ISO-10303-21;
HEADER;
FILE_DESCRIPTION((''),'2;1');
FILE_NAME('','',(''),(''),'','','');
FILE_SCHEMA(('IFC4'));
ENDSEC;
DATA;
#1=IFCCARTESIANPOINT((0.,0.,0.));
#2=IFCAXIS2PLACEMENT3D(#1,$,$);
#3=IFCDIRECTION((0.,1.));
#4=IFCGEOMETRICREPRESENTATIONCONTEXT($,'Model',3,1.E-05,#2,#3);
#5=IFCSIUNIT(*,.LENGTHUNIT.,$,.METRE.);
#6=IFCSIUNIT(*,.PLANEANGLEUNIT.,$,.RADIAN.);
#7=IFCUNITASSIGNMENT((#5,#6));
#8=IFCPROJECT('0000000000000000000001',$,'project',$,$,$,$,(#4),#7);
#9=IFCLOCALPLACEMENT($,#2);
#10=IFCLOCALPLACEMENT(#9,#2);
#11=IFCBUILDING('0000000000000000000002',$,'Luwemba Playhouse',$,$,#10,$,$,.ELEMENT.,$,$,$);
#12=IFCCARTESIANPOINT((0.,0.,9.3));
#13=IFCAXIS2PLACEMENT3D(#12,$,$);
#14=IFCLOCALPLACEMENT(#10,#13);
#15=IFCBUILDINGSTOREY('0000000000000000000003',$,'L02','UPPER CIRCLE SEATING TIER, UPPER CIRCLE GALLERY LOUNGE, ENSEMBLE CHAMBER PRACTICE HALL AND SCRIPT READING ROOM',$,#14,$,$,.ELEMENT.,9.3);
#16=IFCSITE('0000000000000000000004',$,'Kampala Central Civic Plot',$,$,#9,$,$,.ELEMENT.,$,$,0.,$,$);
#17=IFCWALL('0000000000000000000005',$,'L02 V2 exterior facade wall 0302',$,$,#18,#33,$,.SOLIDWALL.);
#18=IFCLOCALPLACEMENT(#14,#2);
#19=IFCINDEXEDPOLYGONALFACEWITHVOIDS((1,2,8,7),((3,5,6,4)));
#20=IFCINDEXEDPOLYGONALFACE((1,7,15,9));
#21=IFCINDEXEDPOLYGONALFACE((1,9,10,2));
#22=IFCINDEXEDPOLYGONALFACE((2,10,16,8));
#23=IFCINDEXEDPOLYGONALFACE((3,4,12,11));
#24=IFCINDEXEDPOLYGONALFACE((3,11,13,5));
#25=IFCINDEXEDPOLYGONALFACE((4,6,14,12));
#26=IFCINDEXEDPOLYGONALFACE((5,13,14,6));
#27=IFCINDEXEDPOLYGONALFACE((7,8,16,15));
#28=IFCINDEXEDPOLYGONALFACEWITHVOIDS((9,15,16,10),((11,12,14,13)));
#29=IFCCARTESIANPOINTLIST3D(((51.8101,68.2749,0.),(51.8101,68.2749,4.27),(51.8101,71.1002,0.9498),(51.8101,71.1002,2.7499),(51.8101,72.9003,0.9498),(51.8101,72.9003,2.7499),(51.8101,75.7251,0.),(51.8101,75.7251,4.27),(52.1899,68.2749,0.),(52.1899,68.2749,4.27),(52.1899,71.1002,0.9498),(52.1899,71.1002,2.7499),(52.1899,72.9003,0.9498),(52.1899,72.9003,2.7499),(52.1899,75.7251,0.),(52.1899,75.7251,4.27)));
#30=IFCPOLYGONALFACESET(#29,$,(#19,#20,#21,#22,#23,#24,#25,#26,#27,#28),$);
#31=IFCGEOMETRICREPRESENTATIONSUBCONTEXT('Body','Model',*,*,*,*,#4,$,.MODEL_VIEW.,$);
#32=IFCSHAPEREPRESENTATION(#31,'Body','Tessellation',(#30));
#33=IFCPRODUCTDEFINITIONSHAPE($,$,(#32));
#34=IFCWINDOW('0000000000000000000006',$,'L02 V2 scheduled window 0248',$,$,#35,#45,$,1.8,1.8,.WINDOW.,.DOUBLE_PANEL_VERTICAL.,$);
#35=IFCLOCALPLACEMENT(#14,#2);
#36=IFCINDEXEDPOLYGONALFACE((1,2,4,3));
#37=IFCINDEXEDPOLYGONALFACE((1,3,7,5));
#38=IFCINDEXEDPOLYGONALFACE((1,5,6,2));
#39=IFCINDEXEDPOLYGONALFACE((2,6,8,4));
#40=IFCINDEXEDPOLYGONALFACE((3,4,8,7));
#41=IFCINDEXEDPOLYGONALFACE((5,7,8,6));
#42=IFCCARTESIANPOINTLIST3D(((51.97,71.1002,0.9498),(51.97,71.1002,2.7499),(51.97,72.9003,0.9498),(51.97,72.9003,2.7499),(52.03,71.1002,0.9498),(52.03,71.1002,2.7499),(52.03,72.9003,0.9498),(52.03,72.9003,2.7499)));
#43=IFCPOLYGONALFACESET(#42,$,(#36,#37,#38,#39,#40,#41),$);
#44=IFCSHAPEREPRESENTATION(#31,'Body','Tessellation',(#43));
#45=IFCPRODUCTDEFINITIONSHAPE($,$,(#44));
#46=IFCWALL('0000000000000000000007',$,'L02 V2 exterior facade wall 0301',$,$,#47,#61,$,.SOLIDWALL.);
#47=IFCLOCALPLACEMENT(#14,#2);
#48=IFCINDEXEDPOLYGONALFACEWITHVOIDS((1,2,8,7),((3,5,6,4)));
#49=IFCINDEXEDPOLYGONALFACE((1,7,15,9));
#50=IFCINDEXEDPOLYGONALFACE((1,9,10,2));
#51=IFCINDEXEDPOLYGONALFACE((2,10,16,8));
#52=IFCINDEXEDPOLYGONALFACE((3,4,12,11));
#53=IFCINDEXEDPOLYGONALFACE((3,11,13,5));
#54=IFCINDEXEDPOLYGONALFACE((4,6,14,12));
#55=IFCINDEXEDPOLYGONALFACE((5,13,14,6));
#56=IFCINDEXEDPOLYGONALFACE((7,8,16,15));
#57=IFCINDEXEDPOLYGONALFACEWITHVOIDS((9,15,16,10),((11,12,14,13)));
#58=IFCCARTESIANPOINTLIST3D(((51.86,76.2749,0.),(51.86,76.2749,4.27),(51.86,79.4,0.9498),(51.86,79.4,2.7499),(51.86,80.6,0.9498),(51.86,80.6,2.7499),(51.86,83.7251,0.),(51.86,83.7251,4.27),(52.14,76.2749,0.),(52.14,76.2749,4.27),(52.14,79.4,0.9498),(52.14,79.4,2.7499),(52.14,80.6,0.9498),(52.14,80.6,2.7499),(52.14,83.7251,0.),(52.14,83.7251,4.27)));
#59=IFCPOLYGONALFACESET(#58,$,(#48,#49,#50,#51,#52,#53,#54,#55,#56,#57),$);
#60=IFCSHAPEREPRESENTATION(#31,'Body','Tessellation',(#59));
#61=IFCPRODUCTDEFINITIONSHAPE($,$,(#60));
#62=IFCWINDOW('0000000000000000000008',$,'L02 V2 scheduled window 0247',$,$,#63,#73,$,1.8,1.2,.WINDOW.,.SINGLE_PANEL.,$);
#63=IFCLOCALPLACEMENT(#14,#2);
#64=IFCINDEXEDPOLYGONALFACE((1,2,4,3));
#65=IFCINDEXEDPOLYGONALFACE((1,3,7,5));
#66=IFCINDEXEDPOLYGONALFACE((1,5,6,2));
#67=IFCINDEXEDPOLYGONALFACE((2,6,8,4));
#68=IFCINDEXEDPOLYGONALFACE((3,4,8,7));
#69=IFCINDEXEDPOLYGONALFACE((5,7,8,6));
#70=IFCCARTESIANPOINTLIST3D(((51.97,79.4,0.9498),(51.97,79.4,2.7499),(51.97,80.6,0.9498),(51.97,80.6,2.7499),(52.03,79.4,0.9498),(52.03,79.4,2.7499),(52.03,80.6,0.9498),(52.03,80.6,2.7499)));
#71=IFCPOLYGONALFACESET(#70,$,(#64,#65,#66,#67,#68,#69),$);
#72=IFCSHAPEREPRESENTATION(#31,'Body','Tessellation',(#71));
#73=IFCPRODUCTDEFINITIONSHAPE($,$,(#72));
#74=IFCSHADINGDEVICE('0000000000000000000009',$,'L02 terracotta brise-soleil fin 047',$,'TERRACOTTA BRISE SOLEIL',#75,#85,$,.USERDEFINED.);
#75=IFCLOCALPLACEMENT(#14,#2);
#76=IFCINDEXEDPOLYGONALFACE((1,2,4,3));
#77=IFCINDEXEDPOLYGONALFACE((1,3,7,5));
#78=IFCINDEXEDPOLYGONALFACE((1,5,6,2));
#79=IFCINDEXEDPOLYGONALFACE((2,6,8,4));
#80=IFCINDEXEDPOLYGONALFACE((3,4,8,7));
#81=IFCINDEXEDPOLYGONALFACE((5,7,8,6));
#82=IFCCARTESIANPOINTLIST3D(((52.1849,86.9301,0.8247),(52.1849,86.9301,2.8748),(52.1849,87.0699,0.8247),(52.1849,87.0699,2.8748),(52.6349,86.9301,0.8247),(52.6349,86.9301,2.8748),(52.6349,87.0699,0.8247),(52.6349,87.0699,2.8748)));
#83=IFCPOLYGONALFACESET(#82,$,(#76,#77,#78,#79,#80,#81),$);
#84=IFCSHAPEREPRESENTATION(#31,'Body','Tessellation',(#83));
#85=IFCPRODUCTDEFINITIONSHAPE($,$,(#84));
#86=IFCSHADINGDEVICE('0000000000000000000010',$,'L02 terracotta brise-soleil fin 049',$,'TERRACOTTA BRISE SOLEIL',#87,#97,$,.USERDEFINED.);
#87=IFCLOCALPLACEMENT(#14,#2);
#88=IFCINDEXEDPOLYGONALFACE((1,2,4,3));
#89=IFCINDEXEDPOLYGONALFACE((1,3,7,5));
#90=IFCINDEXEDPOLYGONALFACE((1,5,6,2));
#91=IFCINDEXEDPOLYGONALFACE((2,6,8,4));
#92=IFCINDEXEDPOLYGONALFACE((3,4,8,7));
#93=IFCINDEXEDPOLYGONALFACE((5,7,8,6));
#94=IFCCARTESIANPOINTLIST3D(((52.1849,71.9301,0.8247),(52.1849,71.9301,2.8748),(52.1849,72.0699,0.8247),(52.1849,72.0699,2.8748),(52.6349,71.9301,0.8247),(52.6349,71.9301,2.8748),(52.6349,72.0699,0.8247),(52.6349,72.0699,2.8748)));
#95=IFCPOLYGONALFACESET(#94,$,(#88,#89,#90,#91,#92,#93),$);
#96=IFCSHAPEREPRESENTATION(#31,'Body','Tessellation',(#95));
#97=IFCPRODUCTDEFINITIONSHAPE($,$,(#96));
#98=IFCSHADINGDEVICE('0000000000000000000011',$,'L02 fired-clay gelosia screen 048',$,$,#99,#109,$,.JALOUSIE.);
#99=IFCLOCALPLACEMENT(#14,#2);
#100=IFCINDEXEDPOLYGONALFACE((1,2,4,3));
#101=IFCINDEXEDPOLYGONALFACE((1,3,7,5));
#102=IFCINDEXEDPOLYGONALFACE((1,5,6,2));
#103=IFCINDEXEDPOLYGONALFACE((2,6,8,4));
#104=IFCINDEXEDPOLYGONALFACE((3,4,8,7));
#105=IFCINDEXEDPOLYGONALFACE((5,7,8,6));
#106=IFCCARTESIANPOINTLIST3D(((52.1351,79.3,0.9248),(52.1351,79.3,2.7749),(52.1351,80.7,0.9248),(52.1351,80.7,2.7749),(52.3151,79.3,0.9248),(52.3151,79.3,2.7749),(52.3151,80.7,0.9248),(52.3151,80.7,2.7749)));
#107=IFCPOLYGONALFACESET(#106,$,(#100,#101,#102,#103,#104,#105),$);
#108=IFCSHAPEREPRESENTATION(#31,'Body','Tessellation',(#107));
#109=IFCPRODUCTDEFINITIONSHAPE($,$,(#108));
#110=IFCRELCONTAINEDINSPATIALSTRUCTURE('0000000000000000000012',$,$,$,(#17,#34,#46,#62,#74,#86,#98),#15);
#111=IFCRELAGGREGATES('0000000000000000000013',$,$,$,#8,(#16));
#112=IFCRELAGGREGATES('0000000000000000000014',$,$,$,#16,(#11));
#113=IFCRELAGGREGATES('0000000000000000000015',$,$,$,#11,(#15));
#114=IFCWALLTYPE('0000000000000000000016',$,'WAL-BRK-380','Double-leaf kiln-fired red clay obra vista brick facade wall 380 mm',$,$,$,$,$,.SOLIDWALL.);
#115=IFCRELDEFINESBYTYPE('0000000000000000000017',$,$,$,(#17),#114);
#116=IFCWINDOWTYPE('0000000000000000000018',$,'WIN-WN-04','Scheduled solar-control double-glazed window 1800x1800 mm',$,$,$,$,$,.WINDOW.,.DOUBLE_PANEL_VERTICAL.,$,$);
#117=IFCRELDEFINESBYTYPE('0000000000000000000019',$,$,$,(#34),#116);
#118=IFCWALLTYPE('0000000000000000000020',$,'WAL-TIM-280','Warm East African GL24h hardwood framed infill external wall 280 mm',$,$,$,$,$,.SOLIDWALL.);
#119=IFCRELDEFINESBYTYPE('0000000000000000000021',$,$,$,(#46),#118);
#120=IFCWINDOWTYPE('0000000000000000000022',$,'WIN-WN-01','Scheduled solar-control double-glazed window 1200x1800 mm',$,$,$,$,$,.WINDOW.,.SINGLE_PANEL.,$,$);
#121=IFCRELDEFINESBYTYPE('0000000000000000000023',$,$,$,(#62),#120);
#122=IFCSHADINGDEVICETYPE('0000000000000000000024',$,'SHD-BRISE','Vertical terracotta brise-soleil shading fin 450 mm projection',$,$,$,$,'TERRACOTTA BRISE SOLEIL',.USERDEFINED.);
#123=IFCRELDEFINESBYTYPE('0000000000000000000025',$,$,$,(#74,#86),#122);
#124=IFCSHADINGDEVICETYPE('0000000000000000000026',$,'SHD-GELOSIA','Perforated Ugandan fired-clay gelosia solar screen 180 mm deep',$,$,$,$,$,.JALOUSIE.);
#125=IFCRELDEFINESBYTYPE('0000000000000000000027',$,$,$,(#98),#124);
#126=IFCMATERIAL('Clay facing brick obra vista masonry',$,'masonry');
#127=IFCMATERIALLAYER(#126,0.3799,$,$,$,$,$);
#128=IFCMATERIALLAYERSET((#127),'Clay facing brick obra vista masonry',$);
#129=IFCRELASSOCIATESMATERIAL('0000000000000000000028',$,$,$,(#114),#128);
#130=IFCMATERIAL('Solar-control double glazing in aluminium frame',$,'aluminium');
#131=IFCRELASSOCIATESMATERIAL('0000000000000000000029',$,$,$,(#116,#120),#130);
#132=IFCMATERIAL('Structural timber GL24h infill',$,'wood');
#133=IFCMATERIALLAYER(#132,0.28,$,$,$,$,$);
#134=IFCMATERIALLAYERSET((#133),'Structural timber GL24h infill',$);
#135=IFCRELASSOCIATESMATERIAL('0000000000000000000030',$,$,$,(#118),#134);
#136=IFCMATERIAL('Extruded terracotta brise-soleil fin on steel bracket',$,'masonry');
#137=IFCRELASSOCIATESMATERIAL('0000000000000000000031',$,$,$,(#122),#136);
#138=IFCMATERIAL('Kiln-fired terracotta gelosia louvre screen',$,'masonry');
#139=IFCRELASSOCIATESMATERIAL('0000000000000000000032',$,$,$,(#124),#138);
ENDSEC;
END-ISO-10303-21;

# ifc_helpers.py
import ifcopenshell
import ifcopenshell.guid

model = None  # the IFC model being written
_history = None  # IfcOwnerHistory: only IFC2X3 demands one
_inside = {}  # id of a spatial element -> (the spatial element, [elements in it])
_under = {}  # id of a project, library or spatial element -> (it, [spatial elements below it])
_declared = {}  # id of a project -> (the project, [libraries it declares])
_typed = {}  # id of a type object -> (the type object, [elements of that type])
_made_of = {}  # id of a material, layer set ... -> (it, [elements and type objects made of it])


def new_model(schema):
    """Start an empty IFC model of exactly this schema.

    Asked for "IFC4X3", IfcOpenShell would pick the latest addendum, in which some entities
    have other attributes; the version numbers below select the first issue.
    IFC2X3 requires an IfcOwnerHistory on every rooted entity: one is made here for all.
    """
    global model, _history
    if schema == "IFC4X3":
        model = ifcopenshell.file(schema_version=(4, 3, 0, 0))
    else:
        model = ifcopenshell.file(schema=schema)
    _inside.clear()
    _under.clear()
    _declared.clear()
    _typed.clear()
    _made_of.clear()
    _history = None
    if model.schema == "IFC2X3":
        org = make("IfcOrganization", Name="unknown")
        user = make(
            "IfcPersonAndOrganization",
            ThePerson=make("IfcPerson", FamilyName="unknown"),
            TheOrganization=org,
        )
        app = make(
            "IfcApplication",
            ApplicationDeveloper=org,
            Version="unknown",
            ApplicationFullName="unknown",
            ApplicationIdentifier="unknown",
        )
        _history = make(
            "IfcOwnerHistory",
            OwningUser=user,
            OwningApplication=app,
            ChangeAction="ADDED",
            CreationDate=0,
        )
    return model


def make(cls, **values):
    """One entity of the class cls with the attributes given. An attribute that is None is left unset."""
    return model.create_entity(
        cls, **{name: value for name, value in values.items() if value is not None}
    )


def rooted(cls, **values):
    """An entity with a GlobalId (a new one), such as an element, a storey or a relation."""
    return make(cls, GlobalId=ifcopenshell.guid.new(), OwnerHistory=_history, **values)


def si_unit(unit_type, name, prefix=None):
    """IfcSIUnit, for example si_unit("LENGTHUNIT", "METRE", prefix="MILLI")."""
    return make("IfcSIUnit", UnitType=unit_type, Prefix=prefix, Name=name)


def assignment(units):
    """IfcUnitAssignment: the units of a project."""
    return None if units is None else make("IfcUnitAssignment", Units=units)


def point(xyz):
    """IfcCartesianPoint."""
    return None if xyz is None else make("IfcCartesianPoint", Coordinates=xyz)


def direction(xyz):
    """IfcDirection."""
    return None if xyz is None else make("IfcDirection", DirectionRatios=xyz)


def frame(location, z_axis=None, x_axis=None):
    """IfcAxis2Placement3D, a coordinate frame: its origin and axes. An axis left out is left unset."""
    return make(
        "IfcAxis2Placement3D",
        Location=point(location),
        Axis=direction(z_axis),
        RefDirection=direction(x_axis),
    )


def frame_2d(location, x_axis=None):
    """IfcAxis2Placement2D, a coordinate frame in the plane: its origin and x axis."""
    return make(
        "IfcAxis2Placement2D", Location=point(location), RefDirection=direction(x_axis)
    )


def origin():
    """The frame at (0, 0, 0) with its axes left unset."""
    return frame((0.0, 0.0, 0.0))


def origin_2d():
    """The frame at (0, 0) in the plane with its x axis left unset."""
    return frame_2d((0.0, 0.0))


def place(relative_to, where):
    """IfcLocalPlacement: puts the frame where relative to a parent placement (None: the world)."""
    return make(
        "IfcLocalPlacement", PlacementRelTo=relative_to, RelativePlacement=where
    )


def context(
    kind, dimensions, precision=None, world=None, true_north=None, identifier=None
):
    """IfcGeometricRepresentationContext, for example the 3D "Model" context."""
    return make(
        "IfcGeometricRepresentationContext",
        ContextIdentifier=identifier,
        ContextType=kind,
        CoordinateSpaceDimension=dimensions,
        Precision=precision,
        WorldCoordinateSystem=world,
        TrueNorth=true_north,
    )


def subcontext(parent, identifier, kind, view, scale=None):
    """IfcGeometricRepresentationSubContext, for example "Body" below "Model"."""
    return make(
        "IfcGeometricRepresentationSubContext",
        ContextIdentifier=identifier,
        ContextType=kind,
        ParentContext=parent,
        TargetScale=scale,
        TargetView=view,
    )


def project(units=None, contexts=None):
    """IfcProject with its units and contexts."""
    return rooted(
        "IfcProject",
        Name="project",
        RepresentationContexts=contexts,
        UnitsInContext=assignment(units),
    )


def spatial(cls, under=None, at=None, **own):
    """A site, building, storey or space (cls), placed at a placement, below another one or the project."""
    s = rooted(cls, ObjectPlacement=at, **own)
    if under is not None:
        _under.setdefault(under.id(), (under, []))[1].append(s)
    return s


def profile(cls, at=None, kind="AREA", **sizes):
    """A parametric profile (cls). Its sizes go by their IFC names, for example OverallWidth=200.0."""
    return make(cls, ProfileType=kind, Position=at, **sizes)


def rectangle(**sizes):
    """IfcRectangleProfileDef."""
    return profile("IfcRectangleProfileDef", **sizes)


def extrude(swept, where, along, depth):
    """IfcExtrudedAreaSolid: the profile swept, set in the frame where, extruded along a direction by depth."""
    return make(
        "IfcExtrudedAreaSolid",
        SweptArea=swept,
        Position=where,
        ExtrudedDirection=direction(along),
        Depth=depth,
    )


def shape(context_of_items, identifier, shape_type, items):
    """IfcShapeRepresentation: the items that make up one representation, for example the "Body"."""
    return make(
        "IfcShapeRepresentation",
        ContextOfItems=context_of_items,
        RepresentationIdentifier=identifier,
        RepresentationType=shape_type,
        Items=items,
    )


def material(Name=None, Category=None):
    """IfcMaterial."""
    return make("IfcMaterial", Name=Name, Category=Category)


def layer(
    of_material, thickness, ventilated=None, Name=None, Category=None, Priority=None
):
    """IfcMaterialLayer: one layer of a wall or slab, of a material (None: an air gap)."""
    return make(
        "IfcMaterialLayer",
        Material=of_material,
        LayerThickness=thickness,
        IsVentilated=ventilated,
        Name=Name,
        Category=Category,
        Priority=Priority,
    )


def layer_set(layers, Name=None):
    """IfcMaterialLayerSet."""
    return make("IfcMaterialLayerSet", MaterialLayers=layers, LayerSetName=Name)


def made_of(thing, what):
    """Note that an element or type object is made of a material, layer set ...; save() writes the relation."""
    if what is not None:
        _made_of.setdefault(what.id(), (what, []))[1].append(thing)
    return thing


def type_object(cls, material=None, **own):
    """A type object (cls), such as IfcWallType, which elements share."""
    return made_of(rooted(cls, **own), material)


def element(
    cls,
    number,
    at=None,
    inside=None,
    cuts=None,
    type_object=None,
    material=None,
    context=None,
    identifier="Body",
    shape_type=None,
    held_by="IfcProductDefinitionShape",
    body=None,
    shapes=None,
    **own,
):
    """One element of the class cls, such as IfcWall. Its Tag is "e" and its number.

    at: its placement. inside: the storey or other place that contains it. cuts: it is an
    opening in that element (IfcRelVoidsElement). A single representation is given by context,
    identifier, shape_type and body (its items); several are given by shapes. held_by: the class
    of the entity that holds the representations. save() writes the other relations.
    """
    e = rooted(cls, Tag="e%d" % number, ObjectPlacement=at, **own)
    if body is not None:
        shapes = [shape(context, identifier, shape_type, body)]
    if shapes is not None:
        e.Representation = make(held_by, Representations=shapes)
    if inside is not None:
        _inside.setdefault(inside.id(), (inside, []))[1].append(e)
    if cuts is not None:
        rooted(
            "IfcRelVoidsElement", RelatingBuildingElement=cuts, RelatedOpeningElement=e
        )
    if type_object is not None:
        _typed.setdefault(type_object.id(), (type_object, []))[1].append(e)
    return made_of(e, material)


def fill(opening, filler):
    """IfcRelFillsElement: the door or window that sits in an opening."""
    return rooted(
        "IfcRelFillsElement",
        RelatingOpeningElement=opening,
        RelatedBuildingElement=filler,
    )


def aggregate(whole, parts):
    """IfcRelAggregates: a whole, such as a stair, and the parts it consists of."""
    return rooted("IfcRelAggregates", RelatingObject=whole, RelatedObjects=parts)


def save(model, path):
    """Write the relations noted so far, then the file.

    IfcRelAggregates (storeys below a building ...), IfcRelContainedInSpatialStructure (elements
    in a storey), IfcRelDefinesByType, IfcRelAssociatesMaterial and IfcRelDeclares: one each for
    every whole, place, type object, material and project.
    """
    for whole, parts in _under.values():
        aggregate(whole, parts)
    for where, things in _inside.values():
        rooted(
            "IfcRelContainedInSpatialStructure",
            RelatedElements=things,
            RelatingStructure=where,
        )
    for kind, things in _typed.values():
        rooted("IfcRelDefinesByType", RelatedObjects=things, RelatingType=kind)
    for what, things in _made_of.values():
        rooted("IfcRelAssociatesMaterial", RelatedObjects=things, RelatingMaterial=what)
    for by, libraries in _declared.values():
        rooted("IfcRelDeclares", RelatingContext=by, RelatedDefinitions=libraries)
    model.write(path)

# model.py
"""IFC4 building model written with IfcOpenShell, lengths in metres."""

from ifc_helpers import new_model, si_unit, direction, frame, frame_2d, origin, origin_2d, place, context, subcontext, project, spatial, rectangle, extrude, material, layer, layer_set, type_object, element, fill, save


model = new_model("IFC4")

# Units and contexts
model_context = context("Model", 3, precision=1e-05, world=origin(), true_north=direction((0.0, 1.0)))
body_context = subcontext(model_context, "Body", "Model", "MODEL_VIEW")
ifc_project = project(units=[si_unit("LENGTHUNIT", "METRE"), si_unit("PLANEANGLEUNIT", "RADIAN")], contexts=[model_context])

# Site, building, storey
site_placement = place(None, origin())
site = spatial("IfcSite", under=ifc_project, at=site_placement, Name="Kampala Central Civic Plot", CompositionType="ELEMENT", RefElevation=0.0)
building_placement = place(site_placement, origin())
building = spatial("IfcBuilding", under=site, at=building_placement, Name="Luwemba Playhouse", CompositionType="ELEMENT")
storey_placement = place(building_placement, frame((0.0, 0.0, 9.3)))
storey = spatial("IfcBuildingStorey", under=building, at=storey_placement, Name="L02", Description="UPPER CIRCLE SEATING TIER, UPPER CIRCLE GALLERY LOUNGE, ENSEMBLE CHAMBER PRACTICE HALL AND SCRIPT READING ROOM", CompositionType="ELEMENT", Elevation=9.3)

# Walls, openings, windows
ifc_material_1 = material(Name="Clay facing brick obra vista masonry", Category="masonry")
ifc_layer_1 = layer(ifc_material_1, 0.3799)
ifc_layer_set_1 = layer_set([ifc_layer_1], Name="Clay facing brick obra vista masonry")
wall_type_1 = type_object("IfcWallType", Name="WAL-BRK-380", Description="Double-leaf kiln-fired red clay obra vista brick facade wall 380 mm", PredefinedType="SOLIDWALL", material=ifc_layer_set_1)
ifc_material_2 = material(Name="Solar-control double glazing in aluminium frame", Category="aluminium")
wall_1_placement = place(storey_placement, frame((52.0, 75.7251, 0.0), z_axis=(0.0, 0.0, 1.0), x_axis=(0.0, -1.0, 0.0)))
wall_1 = element("IfcWall", 1, at=wall_1_placement, inside=storey, type_object=wall_type_1, Name="L02 V2 exterior facade wall 0302", PredefinedType="SOLIDWALL", context=body_context, shape_type="SweptSolid", body=[
    extrude(rectangle(XDim=7.4502, YDim=0.3799, at=frame_2d((3.7251, 0.0))), origin(), (0.0, 0.0, 1.0), 4.27),
])
opening_1_placement = place(wall_1_placement, frame((2.825, 0.0, 0.95)))
opening_1 = element("IfcOpeningElement", 2, at=opening_1_placement, cuts=wall_1, PredefinedType="OPENING", context=body_context, shape_type="SweptSolid", body=[
    extrude(rectangle(XDim=1.8, YDim=1.8, at=frame_2d((0.8999, 0.8999))), frame((0.0, 0.2, 0.0), z_axis=(0.0, -1.0, 0.0), x_axis=(1.0, 0.0, 0.0)), (0.0, 0.0, 1.0), 0.3999),
])
window_type_1 = type_object("IfcWindowType", Name="WIN-WN-04", Description="Scheduled solar-control double-glazed window 1800x1800 mm", PartitioningType="DOUBLE_PANEL_VERTICAL", PredefinedType="WINDOW", material=ifc_material_2)
window_1_placement = place(opening_1_placement, origin())
window_1 = element("IfcWindow", 3, at=window_1_placement, inside=storey, type_object=window_type_1, Name="L02 V2 scheduled window 0248", OverallHeight=1.8, OverallWidth=1.8, PartitioningType="DOUBLE_PANEL_VERTICAL", PredefinedType="WINDOW", context=body_context, shape_type="SweptSolid", body=[
    extrude(rectangle(XDim=1.8, YDim=1.8, at=frame_2d((0.8999, 0.8999))), frame((0.0, 0.03, 0.0), z_axis=(0.0, -1.0, 0.0), x_axis=(1.0, 0.0, 0.0)), (0.0, 0.0, 1.0), 0.0601),
])
fill(opening_1, window_1)
ifc_material_3 = material(Name="Structural timber GL24h infill", Category="wood")
ifc_layer_2 = layer(ifc_material_3, 0.28)
ifc_layer_set_2 = layer_set([ifc_layer_2], Name="Structural timber GL24h infill")
wall_type_2 = type_object("IfcWallType", Name="WAL-TIM-280", Description="Warm East African GL24h hardwood framed infill external wall 280 mm", PredefinedType="SOLIDWALL", material=ifc_layer_set_2)
wall_2_placement = place(storey_placement, frame((52.0, 83.7251, 0.0), z_axis=(0.0, 0.0, 1.0), x_axis=(0.0, -1.0, 0.0)))
wall_2 = element("IfcWall", 4, at=wall_2_placement, inside=storey, type_object=wall_type_2, Name="L02 V2 exterior facade wall 0301", PredefinedType="SOLIDWALL", context=body_context, shape_type="SweptSolid", body=[
    extrude(rectangle(XDim=7.4502, YDim=0.28, at=frame_2d((3.7251, 0.0))), origin(), (0.0, 0.0, 1.0), 4.27),
])
opening_2_placement = place(wall_2_placement, frame((3.125, 0.0, 0.95)))
opening_2 = element("IfcOpeningElement", 5, at=opening_2_placement, cuts=wall_2, PredefinedType="OPENING", context=body_context, shape_type="SweptSolid", body=[
    extrude(rectangle(XDim=1.2, YDim=1.8, at=frame_2d((0.6001, 0.8999))), frame((0.0, 0.1499, 0.0), z_axis=(0.0, -1.0, 0.0), x_axis=(1.0, 0.0, 0.0)), (0.0, 0.0, 1.0), 0.3),
])
window_type_2 = type_object("IfcWindowType", Name="WIN-WN-01", Description="Scheduled solar-control double-glazed window 1200x1800 mm", PartitioningType="SINGLE_PANEL", PredefinedType="WINDOW", material=ifc_material_2)
window_2_placement = place(opening_2_placement, origin())
window_2 = element("IfcWindow", 6, at=window_2_placement, inside=storey, type_object=window_type_2, Name="L02 V2 scheduled window 0247", OverallHeight=1.8, OverallWidth=1.2, PartitioningType="SINGLE_PANEL", PredefinedType="WINDOW", context=body_context, shape_type="SweptSolid", body=[
    extrude(rectangle(XDim=1.2, YDim=1.8, at=frame_2d((0.6001, 0.8999))), frame((0.0, 0.03, 0.0), z_axis=(0.0, -1.0, 0.0), x_axis=(1.0, 0.0, 0.0)), (0.0, 0.0, 1.0), 0.0601),
])
fill(opening_2, window_2)

# Shading devices
ifc_material_4 = material(Name="Extruded terracotta brise-soleil fin on steel bracket", Category="masonry")
shading_device_type_1 = type_object("IfcShadingDeviceType", Name="SHD-BRISE", Description="Vertical terracotta brise-soleil shading fin 450 mm projection", ElementType="TERRACOTTA BRISE SOLEIL", PredefinedType="USERDEFINED", material=ifc_material_4)
for number, where, z_axis, x_axis, name in (
    (7, (52.4099, 87.0, 0.8247), (0.0, 0.0, 1.0), (0.0, -1.0, 0.0), "L02 terracotta brise-soleil fin 047"),
    (8, (52.4099, 72.0, 0.8247), (0.0, 0.0, 1.0), (0.0, -1.0, 0.0), "L02 terracotta brise-soleil fin 049"),
):
    element("IfcShadingDevice", number, at=place(storey_placement, frame(where, z_axis=z_axis, x_axis=x_axis)), inside=storey, type_object=shading_device_type_1, Name=name, ObjectType="TERRACOTTA BRISE SOLEIL", PredefinedType="USERDEFINED", context=body_context, shape_type="SweptSolid", body=[
        extrude(rectangle(XDim=0.1399, YDim=0.45, at=origin_2d()), origin(), (0.0, 0.0, 1.0), 2.05),
    ])
ifc_material_5 = material(Name="Kiln-fired terracotta gelosia louvre screen", Category="masonry")
shading_device_type_2 = type_object("IfcShadingDeviceType", Name="SHD-GELOSIA", Description="Perforated Ugandan fired-clay gelosia solar screen 180 mm deep", PredefinedType="JALOUSIE", material=ifc_material_5)
shading_device_placement = place(storey_placement, frame((52.2251, 80.0, 0.9248), z_axis=(0.0, 0.0, 1.0), x_axis=(0.0, -1.0, 0.0)))
element("IfcShadingDevice", 9, at=shading_device_placement, inside=storey, type_object=shading_device_type_2, Name="L02 fired-clay gelosia screen 048", PredefinedType="JALOUSIE", context=body_context, shape_type="SweptSolid", body=[
    extrude(rectangle(XDim=1.3999, YDim=0.1799, at=origin_2d()), origin(), (0.0, 0.0, 1.0), 1.8501),
])

save(model, "model.ifc")
